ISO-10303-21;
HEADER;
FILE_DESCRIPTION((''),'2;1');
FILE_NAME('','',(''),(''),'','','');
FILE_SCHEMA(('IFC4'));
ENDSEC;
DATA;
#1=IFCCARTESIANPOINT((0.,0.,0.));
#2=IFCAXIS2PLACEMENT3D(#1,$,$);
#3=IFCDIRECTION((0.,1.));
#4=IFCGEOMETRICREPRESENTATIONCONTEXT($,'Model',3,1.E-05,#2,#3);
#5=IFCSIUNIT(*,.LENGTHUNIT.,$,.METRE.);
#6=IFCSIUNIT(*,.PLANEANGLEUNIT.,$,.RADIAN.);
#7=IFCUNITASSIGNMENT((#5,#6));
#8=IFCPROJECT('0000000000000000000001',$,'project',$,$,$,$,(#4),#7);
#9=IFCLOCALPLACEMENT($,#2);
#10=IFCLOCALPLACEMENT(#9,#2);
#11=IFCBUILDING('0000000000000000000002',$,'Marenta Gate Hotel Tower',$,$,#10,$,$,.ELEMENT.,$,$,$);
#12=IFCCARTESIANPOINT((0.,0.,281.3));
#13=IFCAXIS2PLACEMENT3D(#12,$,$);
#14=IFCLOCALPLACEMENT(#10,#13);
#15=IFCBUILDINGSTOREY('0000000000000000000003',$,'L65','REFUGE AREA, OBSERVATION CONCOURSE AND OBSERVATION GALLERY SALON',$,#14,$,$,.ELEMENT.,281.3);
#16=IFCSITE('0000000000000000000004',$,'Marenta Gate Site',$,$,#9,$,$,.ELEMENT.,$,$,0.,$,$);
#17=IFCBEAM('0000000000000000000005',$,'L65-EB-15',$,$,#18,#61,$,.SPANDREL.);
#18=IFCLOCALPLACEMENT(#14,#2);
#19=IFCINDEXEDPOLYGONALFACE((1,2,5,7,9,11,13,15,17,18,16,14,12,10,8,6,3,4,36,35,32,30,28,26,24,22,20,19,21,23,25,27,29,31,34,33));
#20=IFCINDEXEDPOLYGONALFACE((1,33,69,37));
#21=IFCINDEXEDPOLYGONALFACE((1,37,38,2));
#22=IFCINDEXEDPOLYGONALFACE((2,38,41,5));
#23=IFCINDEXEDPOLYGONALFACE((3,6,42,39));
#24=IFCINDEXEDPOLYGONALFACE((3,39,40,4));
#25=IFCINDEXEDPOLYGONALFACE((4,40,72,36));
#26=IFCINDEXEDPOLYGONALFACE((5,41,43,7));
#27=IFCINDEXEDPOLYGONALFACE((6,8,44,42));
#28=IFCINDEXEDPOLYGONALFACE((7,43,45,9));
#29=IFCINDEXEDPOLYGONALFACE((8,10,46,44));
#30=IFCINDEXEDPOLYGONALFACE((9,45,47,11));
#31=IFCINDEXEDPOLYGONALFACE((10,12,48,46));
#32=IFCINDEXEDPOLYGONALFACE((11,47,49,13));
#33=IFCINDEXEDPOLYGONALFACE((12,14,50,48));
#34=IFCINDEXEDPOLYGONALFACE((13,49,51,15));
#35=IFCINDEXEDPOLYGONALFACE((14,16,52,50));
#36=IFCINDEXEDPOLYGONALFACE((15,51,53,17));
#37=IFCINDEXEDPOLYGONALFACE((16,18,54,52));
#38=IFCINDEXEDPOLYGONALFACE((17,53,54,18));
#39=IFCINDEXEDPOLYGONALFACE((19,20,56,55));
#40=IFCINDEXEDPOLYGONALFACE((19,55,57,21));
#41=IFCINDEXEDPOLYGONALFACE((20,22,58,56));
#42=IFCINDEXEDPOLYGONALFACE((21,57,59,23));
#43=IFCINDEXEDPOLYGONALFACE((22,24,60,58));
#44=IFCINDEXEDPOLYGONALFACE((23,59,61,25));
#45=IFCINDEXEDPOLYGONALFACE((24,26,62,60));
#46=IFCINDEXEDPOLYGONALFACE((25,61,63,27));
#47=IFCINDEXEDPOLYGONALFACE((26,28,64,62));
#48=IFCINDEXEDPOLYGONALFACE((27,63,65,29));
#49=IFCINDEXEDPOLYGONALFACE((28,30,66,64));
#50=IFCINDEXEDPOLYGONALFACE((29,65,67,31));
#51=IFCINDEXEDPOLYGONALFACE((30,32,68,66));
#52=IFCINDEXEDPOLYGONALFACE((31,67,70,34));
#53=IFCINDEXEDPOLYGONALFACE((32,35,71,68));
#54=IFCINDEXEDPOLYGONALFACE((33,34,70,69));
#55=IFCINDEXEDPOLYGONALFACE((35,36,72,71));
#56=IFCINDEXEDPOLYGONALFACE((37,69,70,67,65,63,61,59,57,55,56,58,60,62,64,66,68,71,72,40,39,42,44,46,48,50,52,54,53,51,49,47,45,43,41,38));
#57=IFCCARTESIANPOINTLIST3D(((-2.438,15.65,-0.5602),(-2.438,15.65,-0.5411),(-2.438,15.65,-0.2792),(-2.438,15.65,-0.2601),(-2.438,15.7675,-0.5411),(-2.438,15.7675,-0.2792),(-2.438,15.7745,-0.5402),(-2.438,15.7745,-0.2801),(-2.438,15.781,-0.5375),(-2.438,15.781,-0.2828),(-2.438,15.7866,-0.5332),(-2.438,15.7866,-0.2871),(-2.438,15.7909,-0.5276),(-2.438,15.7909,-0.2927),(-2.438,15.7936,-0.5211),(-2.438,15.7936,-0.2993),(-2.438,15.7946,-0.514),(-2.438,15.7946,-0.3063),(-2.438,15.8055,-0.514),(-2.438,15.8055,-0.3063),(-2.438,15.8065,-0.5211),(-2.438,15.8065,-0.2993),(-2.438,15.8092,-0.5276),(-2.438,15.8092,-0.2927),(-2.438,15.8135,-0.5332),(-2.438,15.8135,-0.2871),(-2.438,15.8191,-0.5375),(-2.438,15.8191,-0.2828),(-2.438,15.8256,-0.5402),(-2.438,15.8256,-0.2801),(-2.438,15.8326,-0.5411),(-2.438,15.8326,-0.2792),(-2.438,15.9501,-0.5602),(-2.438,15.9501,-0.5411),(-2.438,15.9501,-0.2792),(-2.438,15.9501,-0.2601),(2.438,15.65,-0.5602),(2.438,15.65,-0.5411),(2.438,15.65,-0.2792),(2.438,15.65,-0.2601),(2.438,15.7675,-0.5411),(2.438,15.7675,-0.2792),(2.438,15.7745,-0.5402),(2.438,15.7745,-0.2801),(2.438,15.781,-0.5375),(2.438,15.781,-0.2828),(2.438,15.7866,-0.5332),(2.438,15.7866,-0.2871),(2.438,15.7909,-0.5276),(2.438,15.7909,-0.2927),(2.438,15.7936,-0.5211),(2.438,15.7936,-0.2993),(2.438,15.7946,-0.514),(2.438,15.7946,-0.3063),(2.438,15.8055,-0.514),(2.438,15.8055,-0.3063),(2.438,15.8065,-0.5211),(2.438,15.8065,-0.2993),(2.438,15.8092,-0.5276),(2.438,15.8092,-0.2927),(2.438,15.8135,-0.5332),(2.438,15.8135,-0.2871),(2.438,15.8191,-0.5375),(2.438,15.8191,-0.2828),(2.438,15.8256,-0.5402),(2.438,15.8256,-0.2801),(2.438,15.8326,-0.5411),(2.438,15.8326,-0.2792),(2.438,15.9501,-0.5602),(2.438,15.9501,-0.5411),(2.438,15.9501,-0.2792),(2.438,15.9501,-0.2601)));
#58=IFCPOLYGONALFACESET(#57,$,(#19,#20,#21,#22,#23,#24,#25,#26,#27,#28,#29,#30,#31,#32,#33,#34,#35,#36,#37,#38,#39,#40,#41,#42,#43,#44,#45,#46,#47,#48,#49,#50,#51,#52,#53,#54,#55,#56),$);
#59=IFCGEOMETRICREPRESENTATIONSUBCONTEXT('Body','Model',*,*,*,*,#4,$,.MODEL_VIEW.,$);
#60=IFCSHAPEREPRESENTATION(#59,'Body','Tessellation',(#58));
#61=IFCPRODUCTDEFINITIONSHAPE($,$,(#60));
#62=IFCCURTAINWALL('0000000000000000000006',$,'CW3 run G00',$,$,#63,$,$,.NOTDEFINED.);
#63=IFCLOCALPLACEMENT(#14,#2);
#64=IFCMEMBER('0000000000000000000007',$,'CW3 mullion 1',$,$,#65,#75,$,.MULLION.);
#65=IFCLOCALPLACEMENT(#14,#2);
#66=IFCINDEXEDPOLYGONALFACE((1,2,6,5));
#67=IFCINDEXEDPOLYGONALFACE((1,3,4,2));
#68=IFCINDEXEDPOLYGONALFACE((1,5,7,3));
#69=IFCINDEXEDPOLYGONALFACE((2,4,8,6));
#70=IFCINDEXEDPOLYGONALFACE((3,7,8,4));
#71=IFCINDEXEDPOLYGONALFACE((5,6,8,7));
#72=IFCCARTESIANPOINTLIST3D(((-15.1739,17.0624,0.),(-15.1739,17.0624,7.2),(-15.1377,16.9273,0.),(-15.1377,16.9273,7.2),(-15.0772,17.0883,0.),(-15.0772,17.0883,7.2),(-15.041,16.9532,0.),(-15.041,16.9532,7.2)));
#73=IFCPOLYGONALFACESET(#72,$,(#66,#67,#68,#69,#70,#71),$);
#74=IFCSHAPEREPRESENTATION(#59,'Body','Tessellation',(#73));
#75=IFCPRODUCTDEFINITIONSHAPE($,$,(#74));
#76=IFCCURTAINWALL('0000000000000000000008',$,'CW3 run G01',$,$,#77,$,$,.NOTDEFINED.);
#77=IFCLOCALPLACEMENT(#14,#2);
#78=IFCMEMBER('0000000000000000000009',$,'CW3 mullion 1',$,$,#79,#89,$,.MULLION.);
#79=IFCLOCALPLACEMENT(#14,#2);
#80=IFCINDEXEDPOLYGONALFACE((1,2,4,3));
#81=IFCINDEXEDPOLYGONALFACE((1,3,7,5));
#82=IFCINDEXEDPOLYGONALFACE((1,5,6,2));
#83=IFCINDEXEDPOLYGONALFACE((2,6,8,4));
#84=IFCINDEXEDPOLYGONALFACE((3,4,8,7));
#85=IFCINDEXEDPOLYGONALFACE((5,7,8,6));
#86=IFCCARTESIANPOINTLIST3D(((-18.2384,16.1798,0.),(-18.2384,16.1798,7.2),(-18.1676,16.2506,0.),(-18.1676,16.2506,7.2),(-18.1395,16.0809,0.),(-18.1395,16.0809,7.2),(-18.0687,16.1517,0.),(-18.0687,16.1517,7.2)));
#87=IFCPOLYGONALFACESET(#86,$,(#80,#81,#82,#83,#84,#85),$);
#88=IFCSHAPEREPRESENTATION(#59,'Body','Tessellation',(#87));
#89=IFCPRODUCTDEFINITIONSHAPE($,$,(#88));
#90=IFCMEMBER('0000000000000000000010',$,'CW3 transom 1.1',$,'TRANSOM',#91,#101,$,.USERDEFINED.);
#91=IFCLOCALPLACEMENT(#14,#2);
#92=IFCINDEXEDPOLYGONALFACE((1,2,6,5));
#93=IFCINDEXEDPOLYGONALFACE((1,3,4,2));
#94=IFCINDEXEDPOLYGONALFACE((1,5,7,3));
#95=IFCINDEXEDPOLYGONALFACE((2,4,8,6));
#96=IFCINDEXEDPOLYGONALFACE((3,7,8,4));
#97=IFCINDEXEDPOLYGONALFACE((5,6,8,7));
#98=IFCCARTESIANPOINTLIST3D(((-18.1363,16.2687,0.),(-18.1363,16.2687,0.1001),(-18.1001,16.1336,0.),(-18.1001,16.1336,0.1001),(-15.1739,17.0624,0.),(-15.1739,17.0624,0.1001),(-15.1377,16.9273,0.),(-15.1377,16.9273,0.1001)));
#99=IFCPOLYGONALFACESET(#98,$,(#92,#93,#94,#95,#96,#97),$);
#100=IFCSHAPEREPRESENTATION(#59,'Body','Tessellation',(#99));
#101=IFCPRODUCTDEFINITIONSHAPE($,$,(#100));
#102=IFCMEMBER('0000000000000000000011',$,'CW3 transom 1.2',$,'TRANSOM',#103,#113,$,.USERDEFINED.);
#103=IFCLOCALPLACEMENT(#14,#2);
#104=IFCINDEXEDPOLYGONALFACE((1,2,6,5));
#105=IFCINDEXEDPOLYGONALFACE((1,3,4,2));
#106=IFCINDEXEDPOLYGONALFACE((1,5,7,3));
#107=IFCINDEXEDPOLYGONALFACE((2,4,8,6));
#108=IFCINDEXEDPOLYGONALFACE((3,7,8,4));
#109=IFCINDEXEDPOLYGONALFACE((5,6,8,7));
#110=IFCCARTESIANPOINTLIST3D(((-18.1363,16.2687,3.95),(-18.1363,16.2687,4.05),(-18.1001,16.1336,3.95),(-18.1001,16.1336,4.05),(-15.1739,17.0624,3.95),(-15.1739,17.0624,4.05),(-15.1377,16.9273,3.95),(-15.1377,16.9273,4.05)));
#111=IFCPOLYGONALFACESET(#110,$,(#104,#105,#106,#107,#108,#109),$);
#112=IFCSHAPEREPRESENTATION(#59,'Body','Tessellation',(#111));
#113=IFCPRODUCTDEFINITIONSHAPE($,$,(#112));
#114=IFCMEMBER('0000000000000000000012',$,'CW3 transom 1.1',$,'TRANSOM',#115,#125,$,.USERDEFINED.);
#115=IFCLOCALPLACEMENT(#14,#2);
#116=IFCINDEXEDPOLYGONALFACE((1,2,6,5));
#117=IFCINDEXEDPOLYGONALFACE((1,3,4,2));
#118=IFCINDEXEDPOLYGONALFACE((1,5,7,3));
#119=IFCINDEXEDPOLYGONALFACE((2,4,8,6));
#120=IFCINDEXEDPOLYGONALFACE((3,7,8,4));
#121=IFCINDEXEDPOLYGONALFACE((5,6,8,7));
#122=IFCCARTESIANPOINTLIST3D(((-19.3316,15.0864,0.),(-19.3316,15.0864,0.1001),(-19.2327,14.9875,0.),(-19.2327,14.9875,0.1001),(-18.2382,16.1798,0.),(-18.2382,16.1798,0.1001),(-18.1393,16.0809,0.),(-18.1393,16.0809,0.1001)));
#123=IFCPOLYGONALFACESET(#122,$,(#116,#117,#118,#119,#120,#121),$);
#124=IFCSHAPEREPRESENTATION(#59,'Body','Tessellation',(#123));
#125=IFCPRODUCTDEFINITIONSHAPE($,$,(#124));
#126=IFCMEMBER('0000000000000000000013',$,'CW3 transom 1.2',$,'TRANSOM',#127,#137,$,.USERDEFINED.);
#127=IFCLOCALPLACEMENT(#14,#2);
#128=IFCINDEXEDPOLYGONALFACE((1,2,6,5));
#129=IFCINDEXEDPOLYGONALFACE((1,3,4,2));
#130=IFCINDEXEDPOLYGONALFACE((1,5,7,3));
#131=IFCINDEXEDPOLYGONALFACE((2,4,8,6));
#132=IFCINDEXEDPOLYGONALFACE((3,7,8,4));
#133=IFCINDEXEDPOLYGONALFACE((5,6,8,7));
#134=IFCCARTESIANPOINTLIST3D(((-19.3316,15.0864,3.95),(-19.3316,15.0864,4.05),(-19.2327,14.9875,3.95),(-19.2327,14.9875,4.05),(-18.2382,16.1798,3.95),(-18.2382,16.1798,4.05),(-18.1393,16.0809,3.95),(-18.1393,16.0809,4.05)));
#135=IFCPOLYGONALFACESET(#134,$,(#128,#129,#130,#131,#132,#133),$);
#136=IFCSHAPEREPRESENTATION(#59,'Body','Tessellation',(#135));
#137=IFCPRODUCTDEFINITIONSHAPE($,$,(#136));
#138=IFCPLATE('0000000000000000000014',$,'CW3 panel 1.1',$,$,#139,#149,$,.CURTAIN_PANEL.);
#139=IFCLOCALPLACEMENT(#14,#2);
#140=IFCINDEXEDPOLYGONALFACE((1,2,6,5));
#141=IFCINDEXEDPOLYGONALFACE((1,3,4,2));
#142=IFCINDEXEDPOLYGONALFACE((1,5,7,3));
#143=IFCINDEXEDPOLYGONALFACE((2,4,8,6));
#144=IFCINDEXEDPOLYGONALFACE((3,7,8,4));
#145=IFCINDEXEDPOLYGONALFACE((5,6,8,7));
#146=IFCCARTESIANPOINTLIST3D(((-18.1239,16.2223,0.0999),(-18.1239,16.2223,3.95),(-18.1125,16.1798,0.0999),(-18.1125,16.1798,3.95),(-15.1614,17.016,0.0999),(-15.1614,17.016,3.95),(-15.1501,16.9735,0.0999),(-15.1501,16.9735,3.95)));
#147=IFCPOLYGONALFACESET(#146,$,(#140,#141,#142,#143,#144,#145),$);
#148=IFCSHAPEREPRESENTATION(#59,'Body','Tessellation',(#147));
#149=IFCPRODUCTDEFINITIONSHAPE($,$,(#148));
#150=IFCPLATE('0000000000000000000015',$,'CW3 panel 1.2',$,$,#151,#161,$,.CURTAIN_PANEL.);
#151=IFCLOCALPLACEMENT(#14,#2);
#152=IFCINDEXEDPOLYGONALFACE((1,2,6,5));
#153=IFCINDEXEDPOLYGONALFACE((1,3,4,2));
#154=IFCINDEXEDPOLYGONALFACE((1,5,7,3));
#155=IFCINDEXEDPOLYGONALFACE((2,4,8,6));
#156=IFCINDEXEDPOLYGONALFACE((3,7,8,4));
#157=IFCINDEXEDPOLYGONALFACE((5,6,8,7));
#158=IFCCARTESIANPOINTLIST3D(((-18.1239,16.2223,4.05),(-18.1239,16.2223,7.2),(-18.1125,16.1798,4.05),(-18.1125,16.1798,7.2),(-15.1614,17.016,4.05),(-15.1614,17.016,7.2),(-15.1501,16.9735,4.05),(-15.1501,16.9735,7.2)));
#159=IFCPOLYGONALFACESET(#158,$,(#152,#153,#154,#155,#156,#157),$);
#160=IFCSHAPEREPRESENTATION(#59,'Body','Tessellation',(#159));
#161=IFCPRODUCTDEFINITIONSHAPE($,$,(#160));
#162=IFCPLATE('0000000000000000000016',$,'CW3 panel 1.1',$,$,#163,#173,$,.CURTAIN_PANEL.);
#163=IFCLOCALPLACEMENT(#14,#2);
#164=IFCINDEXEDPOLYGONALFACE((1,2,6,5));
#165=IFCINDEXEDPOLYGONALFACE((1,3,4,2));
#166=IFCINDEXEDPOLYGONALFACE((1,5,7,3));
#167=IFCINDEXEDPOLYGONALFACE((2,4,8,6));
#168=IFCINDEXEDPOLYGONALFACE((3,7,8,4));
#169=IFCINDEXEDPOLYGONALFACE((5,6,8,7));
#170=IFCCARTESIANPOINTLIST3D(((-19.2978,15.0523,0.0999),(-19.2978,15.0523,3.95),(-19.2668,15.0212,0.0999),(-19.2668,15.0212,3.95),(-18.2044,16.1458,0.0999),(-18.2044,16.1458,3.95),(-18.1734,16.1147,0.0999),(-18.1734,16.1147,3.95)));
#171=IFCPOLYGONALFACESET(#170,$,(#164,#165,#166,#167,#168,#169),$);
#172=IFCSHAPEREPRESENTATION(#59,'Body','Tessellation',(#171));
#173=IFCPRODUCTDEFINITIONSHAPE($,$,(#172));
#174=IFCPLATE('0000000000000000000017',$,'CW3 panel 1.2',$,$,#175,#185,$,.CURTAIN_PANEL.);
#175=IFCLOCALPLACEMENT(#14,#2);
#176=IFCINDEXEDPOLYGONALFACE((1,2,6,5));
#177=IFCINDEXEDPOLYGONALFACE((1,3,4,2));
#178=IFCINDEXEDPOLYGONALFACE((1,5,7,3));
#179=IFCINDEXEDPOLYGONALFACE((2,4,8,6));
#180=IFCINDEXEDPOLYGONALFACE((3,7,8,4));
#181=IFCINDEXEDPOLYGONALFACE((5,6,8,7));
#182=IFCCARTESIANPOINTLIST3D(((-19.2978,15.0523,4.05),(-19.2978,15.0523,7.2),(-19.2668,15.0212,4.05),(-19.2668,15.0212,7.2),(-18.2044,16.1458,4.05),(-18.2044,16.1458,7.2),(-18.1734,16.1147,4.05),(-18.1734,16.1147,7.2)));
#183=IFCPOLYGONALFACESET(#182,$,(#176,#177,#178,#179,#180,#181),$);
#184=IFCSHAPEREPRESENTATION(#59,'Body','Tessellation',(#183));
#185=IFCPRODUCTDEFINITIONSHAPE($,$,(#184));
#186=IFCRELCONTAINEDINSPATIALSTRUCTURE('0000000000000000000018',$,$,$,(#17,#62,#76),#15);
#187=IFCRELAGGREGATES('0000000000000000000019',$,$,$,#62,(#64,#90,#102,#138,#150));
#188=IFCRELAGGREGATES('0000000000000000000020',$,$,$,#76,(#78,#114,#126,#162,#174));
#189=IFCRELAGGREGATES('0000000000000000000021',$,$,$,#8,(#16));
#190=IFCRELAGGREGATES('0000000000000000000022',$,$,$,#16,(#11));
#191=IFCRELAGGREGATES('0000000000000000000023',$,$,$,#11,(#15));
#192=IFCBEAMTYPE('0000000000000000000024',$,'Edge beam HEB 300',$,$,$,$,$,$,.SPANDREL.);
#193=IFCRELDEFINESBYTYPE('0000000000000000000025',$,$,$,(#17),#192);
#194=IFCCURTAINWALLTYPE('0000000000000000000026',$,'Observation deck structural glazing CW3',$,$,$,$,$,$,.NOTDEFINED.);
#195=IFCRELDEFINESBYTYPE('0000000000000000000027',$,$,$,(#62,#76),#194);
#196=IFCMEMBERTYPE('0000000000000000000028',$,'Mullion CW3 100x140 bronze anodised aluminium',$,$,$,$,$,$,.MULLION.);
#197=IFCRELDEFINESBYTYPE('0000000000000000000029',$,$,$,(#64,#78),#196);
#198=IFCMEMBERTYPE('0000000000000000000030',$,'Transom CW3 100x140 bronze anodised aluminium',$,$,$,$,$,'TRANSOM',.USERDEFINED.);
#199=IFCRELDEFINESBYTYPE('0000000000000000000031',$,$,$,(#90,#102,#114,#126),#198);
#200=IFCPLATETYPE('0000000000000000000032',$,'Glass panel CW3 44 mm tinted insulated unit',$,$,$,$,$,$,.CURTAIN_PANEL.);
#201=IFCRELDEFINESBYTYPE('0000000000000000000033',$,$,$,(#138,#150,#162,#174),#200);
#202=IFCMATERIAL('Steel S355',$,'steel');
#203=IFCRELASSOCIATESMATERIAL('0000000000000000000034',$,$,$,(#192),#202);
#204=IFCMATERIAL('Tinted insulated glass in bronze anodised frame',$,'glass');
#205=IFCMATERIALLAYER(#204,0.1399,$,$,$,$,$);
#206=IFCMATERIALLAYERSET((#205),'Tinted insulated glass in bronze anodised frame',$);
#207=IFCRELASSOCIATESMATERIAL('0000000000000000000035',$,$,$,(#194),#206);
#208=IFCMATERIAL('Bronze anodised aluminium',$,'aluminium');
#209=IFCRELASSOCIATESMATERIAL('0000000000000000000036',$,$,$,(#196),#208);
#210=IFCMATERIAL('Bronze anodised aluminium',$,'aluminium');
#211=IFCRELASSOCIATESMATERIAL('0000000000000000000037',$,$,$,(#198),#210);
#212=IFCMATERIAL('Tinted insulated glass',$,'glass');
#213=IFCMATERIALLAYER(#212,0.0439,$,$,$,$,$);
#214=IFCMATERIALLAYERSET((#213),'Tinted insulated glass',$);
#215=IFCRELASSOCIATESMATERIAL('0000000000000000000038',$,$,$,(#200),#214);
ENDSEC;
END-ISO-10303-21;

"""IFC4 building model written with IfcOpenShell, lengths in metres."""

from ifc_helpers import new_model, si_unit, direction, frame, origin, origin_2d, place, context, subcontext, project, spatial, rectangle, i_section, extrude, material, layer, layer_set, material_profile, profile_set, type_object, element, aggregate, save


model = new_model("IFC4")

# Units and contexts
model_context = context("Model", 3, precision=1e-05, world=origin(), true_north=direction((0.0, 1.0)))
body_context = subcontext(model_context, "Body", "Model", "MODEL_VIEW")
ifc_project = project(units=[si_unit("LENGTHUNIT", "METRE"), si_unit("PLANEANGLEUNIT", "RADIAN")], contexts=[model_context])

# Site, building, storey
site_placement = place(None, origin())
site = spatial("IfcSite", under=ifc_project, at=site_placement, Name="Marenta Gate Site", CompositionType="ELEMENT", RefElevation=0.0)
building_placement = place(site_placement, origin())
building = spatial("IfcBuilding", under=site, at=building_placement, Name="Marenta Gate Hotel Tower", CompositionType="ELEMENT")
storey_placement = place(building_placement, frame((0.0, 0.0, 281.3)))
storey = spatial("IfcBuildingStorey", under=building, at=storey_placement, Name="L65", Description="REFUGE AREA, OBSERVATION CONCOURSE AND OBSERVATION GALLERY SALON", CompositionType="ELEMENT", Elevation=281.3)

# Beam
ifc_material_1 = material(Name="Steel S355", Category="steel")
ifc_material_profile_1 = material_profile(ifc_material_1, i_section(OverallWidth=0.3, OverallDepth=0.3, WebThickness=0.011, FlangeThickness=0.019, FilletRadius=0.0271, at=origin_2d()), Name="HEB 300")
ifc_profile_set_1 = profile_set([ifc_material_profile_1], Name="Steel S355")
beam_type = type_object("IfcBeamType", Name="Edge beam HEB 300", PredefinedType="SPANDREL", material=ifc_profile_set_1)
beam_1_placement = place(storey_placement, frame((-2.438, 15.8, -0.4102), z_axis=(1.0, 0.0, 0.0), x_axis=(0.0, 1.0, 0.0)))
element("IfcBeam", 1, at=beam_1_placement, inside=storey, type_object=beam_type, Name="L65-EB-15", PredefinedType="SPANDREL", context=body_context, shape_type="SweptSolid", body=[
    extrude(i_section(OverallWidth=0.3, OverallDepth=0.3, WebThickness=0.011, FlangeThickness=0.019, FilletRadius=0.0271, at=origin_2d()), origin(), (0.0, 0.0, 1.0), 4.876),
])

# Curtain walls, members
ifc_material_2 = material(Name="Tinted insulated glass in bronze anodised frame", Category="glass")
ifc_layer_1 = layer(ifc_material_2, 0.1399)
ifc_layer_set_1 = layer_set([ifc_layer_1], Name="Tinted insulated glass in bronze anodised frame")
curtain_wall_type = type_object("IfcCurtainWallType", Name="Observation deck structural glazing CW3", PredefinedType="NOTDEFINED", material=ifc_layer_set_1)
curtain_wall_1_placement = place(storey_placement, origin())
curtain_wall_1 = element("IfcCurtainWall", 2, at=curtain_wall_1_placement, inside=storey, type_object=curtain_wall_type, Name="CW3 run G00", PredefinedType="NOTDEFINED")
ifc_material_3 = material(Name="Bronze anodised aluminium", Category="aluminium")
ifc_material_profile_2 = material_profile(ifc_material_3, rectangle(XDim=0.1399, YDim=0.1001, at=origin_2d()), Name="Mullion CW3 100x140 bronze anodised aluminium")
ifc_profile_set_2 = profile_set([ifc_material_profile_2], Name="Bronze anodised aluminium")
member_type_1 = type_object("IfcMemberType", Name="Mullion CW3 100x140 bronze anodised aluminium", PredefinedType="MULLION", material=ifc_profile_set_2)
member_1_placement = place(storey_placement, frame((-15.1074, 17.0078, 0.0), z_axis=(0.0, 0.0, 1.0), x_axis=(0.258802, -0.96593, 0.0)))
member_1 = element("IfcMember", 3, at=member_1_placement, type_object=member_type_1, Name="CW3 mullion 1", PredefinedType="MULLION", context=body_context, shape_type="SweptSolid", body=[
    extrude(rectangle(XDim=0.1399, YDim=0.1001, at=origin_2d()), origin(), (0.0, 0.0, 1.0), 7.2),
])
curtain_wall_2_placement = place(storey_placement, origin())
curtain_wall_2 = element("IfcCurtainWall", 4, at=curtain_wall_2_placement, inside=storey, type_object=curtain_wall_type, Name="CW3 run G01", PredefinedType="NOTDEFINED")
member_2_placement = place(storey_placement, frame((-18.1536, 16.1658, 0.0), z_axis=(0.0, 0.0, 1.0), x_axis=(0.707137, -0.707076, 0.0)))
member_2 = element("IfcMember", 5, at=member_2_placement, type_object=member_type_1, Name="CW3 mullion 1", PredefinedType="MULLION", context=body_context, shape_type="SweptSolid", body=[
    extrude(rectangle(XDim=0.1399, YDim=0.1001, at=origin_2d()), origin(), (0.0, 0.0, 1.0), 7.2),
])

# Members
ifc_material_4 = material(Name="Bronze anodised aluminium", Category="aluminium")
ifc_material_profile_3 = material_profile(ifc_material_4, rectangle(XDim=0.1399, YDim=0.1001, at=origin_2d()), Name="Transom CW3 100x140 bronze anodised aluminium")
ifc_profile_set_3 = profile_set([ifc_material_profile_3], Name="Bronze anodised aluminium")
member_type_2 = type_object("IfcMemberType", Name="Transom CW3 100x140 bronze anodised aluminium", ElementType="TRANSOM", PredefinedType="USERDEFINED", material=ifc_profile_set_3)
member_3_placement = place(storey_placement, frame((-15.1558, 16.9949, 0.05), z_axis=(-0.965932, -0.258797, 0.0), x_axis=(0.258797, -0.965932, 0.0)))
member_3 = element("IfcMember", 6, at=member_3_placement, type_object=member_type_2, Name="CW3 transom 1.1", ObjectType="TRANSOM", PredefinedType="USERDEFINED", context=body_context, shape_type="SweptSolid", body=[
    extrude(rectangle(XDim=0.1399, YDim=0.1001, at=origin_2d()), origin(), (0.0, 0.0, 1.0), 3.0669),
])
member_4_placement = place(storey_placement, frame((-15.1558, 16.9949, 4.0), z_axis=(-0.965932, -0.258797, 0.0), x_axis=(0.258797, -0.965932, 0.0)))
member_4 = element("IfcMember", 7, at=member_4_placement, type_object=member_type_2, Name="CW3 transom 1.2", ObjectType="TRANSOM", PredefinedType="USERDEFINED", context=body_context, shape_type="SweptSolid", body=[
    extrude(rectangle(XDim=0.1399, YDim=0.1001, at=origin_2d()), origin(), (0.0, 0.0, 1.0), 3.0669),
])
member_5_placement = place(storey_placement, frame((-18.1887, 16.1304, 0.05), z_axis=(-0.707107, -0.707107, 0.0), x_axis=(0.707107, -0.707107, 0.0)))
member_5 = element("IfcMember", 8, at=member_5_placement, type_object=member_type_2, Name="CW3 transom 1.1", ObjectType="TRANSOM", PredefinedType="USERDEFINED", context=body_context, shape_type="SweptSolid", body=[
    extrude(rectangle(XDim=0.1399, YDim=0.1001, at=origin_2d()), origin(), (0.0, 0.0, 1.0), 1.5464),
])
member_6_placement = place(storey_placement, frame((-18.1887, 16.1304, 4.0), z_axis=(-0.707107, -0.707107, 0.0), x_axis=(0.707107, -0.707107, 0.0)))
member_6 = element("IfcMember", 9, at=member_6_placement, type_object=member_type_2, Name="CW3 transom 1.2", ObjectType="TRANSOM", PredefinedType="USERDEFINED", context=body_context, shape_type="SweptSolid", body=[
    extrude(rectangle(XDim=0.1399, YDim=0.1001, at=origin_2d()), origin(), (0.0, 0.0, 1.0), 1.5464),
])

# Plates
ifc_material_5 = material(Name="Tinted insulated glass", Category="glass")
ifc_layer_2 = layer(ifc_material_5, 0.0439)
ifc_layer_set_2 = layer_set([ifc_layer_2], Name="Tinted insulated glass")
plate_type = type_object("IfcPlateType", Name="Glass panel CW3 44 mm tinted insulated unit", PredefinedType="CURTAIN_PANEL", material=ifc_layer_set_2)
plate_1_placement = place(storey_placement, frame((-16.637, 16.5979, 0.0999), z_axis=(0.0, 0.0, 1.0), x_axis=(-0.96593, -0.258802, 0.0)))
plate_1 = element("IfcPlate", 10, at=plate_1_placement, type_object=plate_type, Name="CW3 panel 1.1", PredefinedType="CURTAIN_PANEL", context=body_context, shape_type="SweptSolid", body=[
    extrude(rectangle(XDim=3.0669, YDim=0.0439, at=origin_2d()), origin(), (0.0, 0.0, 1.0), 3.8501),
])
plate_2_placement = place(storey_placement, frame((-16.637, 16.5979, 4.05), z_axis=(0.0, 0.0, 1.0), x_axis=(-0.96593, -0.258802, 0.0)))
plate_2 = element("IfcPlate", 11, at=plate_2_placement, type_object=plate_type, Name="CW3 panel 1.2", PredefinedType="CURTAIN_PANEL", context=body_context, shape_type="SweptSolid", body=[
    extrude(rectangle(XDim=3.0669, YDim=0.0439, at=origin_2d()), origin(), (0.0, 0.0, 1.0), 3.1499),
])
aggregate(curtain_wall_1, [member_1, member_3, member_4, plate_1, plate_2])
plate_3_placement = place(storey_placement, frame((-18.7356, 15.5835, 0.0999), z_axis=(0.0, 0.0, 1.0), x_axis=(-0.707076, -0.707137, 0.0)))
plate_3 = element("IfcPlate", 12, at=plate_3_placement, type_object=plate_type, Name="CW3 panel 1.1", PredefinedType="CURTAIN_PANEL", context=body_context, shape_type="SweptSolid", body=[
    extrude(rectangle(XDim=1.5464, YDim=0.0439, at=origin_2d()), origin(), (0.0, 0.0, 1.0), 3.8501),
])
plate_4_placement = place(storey_placement, frame((-18.7356, 15.5835, 4.05), z_axis=(0.0, 0.0, 1.0), x_axis=(-0.707076, -0.707137, 0.0)))
plate_4 = element("IfcPlate", 13, at=plate_4_placement, type_object=plate_type, Name="CW3 panel 1.2", PredefinedType="CURTAIN_PANEL", context=body_context, shape_type="SweptSolid", body=[
    extrude(rectangle(XDim=1.5464, YDim=0.0439, at=origin_2d()), origin(), (0.0, 0.0, 1.0), 3.1499),
])
aggregate(curtain_wall_2, [member_2, member_5, member_6, plate_3, plate_4])

save(model, "model.ifc")
